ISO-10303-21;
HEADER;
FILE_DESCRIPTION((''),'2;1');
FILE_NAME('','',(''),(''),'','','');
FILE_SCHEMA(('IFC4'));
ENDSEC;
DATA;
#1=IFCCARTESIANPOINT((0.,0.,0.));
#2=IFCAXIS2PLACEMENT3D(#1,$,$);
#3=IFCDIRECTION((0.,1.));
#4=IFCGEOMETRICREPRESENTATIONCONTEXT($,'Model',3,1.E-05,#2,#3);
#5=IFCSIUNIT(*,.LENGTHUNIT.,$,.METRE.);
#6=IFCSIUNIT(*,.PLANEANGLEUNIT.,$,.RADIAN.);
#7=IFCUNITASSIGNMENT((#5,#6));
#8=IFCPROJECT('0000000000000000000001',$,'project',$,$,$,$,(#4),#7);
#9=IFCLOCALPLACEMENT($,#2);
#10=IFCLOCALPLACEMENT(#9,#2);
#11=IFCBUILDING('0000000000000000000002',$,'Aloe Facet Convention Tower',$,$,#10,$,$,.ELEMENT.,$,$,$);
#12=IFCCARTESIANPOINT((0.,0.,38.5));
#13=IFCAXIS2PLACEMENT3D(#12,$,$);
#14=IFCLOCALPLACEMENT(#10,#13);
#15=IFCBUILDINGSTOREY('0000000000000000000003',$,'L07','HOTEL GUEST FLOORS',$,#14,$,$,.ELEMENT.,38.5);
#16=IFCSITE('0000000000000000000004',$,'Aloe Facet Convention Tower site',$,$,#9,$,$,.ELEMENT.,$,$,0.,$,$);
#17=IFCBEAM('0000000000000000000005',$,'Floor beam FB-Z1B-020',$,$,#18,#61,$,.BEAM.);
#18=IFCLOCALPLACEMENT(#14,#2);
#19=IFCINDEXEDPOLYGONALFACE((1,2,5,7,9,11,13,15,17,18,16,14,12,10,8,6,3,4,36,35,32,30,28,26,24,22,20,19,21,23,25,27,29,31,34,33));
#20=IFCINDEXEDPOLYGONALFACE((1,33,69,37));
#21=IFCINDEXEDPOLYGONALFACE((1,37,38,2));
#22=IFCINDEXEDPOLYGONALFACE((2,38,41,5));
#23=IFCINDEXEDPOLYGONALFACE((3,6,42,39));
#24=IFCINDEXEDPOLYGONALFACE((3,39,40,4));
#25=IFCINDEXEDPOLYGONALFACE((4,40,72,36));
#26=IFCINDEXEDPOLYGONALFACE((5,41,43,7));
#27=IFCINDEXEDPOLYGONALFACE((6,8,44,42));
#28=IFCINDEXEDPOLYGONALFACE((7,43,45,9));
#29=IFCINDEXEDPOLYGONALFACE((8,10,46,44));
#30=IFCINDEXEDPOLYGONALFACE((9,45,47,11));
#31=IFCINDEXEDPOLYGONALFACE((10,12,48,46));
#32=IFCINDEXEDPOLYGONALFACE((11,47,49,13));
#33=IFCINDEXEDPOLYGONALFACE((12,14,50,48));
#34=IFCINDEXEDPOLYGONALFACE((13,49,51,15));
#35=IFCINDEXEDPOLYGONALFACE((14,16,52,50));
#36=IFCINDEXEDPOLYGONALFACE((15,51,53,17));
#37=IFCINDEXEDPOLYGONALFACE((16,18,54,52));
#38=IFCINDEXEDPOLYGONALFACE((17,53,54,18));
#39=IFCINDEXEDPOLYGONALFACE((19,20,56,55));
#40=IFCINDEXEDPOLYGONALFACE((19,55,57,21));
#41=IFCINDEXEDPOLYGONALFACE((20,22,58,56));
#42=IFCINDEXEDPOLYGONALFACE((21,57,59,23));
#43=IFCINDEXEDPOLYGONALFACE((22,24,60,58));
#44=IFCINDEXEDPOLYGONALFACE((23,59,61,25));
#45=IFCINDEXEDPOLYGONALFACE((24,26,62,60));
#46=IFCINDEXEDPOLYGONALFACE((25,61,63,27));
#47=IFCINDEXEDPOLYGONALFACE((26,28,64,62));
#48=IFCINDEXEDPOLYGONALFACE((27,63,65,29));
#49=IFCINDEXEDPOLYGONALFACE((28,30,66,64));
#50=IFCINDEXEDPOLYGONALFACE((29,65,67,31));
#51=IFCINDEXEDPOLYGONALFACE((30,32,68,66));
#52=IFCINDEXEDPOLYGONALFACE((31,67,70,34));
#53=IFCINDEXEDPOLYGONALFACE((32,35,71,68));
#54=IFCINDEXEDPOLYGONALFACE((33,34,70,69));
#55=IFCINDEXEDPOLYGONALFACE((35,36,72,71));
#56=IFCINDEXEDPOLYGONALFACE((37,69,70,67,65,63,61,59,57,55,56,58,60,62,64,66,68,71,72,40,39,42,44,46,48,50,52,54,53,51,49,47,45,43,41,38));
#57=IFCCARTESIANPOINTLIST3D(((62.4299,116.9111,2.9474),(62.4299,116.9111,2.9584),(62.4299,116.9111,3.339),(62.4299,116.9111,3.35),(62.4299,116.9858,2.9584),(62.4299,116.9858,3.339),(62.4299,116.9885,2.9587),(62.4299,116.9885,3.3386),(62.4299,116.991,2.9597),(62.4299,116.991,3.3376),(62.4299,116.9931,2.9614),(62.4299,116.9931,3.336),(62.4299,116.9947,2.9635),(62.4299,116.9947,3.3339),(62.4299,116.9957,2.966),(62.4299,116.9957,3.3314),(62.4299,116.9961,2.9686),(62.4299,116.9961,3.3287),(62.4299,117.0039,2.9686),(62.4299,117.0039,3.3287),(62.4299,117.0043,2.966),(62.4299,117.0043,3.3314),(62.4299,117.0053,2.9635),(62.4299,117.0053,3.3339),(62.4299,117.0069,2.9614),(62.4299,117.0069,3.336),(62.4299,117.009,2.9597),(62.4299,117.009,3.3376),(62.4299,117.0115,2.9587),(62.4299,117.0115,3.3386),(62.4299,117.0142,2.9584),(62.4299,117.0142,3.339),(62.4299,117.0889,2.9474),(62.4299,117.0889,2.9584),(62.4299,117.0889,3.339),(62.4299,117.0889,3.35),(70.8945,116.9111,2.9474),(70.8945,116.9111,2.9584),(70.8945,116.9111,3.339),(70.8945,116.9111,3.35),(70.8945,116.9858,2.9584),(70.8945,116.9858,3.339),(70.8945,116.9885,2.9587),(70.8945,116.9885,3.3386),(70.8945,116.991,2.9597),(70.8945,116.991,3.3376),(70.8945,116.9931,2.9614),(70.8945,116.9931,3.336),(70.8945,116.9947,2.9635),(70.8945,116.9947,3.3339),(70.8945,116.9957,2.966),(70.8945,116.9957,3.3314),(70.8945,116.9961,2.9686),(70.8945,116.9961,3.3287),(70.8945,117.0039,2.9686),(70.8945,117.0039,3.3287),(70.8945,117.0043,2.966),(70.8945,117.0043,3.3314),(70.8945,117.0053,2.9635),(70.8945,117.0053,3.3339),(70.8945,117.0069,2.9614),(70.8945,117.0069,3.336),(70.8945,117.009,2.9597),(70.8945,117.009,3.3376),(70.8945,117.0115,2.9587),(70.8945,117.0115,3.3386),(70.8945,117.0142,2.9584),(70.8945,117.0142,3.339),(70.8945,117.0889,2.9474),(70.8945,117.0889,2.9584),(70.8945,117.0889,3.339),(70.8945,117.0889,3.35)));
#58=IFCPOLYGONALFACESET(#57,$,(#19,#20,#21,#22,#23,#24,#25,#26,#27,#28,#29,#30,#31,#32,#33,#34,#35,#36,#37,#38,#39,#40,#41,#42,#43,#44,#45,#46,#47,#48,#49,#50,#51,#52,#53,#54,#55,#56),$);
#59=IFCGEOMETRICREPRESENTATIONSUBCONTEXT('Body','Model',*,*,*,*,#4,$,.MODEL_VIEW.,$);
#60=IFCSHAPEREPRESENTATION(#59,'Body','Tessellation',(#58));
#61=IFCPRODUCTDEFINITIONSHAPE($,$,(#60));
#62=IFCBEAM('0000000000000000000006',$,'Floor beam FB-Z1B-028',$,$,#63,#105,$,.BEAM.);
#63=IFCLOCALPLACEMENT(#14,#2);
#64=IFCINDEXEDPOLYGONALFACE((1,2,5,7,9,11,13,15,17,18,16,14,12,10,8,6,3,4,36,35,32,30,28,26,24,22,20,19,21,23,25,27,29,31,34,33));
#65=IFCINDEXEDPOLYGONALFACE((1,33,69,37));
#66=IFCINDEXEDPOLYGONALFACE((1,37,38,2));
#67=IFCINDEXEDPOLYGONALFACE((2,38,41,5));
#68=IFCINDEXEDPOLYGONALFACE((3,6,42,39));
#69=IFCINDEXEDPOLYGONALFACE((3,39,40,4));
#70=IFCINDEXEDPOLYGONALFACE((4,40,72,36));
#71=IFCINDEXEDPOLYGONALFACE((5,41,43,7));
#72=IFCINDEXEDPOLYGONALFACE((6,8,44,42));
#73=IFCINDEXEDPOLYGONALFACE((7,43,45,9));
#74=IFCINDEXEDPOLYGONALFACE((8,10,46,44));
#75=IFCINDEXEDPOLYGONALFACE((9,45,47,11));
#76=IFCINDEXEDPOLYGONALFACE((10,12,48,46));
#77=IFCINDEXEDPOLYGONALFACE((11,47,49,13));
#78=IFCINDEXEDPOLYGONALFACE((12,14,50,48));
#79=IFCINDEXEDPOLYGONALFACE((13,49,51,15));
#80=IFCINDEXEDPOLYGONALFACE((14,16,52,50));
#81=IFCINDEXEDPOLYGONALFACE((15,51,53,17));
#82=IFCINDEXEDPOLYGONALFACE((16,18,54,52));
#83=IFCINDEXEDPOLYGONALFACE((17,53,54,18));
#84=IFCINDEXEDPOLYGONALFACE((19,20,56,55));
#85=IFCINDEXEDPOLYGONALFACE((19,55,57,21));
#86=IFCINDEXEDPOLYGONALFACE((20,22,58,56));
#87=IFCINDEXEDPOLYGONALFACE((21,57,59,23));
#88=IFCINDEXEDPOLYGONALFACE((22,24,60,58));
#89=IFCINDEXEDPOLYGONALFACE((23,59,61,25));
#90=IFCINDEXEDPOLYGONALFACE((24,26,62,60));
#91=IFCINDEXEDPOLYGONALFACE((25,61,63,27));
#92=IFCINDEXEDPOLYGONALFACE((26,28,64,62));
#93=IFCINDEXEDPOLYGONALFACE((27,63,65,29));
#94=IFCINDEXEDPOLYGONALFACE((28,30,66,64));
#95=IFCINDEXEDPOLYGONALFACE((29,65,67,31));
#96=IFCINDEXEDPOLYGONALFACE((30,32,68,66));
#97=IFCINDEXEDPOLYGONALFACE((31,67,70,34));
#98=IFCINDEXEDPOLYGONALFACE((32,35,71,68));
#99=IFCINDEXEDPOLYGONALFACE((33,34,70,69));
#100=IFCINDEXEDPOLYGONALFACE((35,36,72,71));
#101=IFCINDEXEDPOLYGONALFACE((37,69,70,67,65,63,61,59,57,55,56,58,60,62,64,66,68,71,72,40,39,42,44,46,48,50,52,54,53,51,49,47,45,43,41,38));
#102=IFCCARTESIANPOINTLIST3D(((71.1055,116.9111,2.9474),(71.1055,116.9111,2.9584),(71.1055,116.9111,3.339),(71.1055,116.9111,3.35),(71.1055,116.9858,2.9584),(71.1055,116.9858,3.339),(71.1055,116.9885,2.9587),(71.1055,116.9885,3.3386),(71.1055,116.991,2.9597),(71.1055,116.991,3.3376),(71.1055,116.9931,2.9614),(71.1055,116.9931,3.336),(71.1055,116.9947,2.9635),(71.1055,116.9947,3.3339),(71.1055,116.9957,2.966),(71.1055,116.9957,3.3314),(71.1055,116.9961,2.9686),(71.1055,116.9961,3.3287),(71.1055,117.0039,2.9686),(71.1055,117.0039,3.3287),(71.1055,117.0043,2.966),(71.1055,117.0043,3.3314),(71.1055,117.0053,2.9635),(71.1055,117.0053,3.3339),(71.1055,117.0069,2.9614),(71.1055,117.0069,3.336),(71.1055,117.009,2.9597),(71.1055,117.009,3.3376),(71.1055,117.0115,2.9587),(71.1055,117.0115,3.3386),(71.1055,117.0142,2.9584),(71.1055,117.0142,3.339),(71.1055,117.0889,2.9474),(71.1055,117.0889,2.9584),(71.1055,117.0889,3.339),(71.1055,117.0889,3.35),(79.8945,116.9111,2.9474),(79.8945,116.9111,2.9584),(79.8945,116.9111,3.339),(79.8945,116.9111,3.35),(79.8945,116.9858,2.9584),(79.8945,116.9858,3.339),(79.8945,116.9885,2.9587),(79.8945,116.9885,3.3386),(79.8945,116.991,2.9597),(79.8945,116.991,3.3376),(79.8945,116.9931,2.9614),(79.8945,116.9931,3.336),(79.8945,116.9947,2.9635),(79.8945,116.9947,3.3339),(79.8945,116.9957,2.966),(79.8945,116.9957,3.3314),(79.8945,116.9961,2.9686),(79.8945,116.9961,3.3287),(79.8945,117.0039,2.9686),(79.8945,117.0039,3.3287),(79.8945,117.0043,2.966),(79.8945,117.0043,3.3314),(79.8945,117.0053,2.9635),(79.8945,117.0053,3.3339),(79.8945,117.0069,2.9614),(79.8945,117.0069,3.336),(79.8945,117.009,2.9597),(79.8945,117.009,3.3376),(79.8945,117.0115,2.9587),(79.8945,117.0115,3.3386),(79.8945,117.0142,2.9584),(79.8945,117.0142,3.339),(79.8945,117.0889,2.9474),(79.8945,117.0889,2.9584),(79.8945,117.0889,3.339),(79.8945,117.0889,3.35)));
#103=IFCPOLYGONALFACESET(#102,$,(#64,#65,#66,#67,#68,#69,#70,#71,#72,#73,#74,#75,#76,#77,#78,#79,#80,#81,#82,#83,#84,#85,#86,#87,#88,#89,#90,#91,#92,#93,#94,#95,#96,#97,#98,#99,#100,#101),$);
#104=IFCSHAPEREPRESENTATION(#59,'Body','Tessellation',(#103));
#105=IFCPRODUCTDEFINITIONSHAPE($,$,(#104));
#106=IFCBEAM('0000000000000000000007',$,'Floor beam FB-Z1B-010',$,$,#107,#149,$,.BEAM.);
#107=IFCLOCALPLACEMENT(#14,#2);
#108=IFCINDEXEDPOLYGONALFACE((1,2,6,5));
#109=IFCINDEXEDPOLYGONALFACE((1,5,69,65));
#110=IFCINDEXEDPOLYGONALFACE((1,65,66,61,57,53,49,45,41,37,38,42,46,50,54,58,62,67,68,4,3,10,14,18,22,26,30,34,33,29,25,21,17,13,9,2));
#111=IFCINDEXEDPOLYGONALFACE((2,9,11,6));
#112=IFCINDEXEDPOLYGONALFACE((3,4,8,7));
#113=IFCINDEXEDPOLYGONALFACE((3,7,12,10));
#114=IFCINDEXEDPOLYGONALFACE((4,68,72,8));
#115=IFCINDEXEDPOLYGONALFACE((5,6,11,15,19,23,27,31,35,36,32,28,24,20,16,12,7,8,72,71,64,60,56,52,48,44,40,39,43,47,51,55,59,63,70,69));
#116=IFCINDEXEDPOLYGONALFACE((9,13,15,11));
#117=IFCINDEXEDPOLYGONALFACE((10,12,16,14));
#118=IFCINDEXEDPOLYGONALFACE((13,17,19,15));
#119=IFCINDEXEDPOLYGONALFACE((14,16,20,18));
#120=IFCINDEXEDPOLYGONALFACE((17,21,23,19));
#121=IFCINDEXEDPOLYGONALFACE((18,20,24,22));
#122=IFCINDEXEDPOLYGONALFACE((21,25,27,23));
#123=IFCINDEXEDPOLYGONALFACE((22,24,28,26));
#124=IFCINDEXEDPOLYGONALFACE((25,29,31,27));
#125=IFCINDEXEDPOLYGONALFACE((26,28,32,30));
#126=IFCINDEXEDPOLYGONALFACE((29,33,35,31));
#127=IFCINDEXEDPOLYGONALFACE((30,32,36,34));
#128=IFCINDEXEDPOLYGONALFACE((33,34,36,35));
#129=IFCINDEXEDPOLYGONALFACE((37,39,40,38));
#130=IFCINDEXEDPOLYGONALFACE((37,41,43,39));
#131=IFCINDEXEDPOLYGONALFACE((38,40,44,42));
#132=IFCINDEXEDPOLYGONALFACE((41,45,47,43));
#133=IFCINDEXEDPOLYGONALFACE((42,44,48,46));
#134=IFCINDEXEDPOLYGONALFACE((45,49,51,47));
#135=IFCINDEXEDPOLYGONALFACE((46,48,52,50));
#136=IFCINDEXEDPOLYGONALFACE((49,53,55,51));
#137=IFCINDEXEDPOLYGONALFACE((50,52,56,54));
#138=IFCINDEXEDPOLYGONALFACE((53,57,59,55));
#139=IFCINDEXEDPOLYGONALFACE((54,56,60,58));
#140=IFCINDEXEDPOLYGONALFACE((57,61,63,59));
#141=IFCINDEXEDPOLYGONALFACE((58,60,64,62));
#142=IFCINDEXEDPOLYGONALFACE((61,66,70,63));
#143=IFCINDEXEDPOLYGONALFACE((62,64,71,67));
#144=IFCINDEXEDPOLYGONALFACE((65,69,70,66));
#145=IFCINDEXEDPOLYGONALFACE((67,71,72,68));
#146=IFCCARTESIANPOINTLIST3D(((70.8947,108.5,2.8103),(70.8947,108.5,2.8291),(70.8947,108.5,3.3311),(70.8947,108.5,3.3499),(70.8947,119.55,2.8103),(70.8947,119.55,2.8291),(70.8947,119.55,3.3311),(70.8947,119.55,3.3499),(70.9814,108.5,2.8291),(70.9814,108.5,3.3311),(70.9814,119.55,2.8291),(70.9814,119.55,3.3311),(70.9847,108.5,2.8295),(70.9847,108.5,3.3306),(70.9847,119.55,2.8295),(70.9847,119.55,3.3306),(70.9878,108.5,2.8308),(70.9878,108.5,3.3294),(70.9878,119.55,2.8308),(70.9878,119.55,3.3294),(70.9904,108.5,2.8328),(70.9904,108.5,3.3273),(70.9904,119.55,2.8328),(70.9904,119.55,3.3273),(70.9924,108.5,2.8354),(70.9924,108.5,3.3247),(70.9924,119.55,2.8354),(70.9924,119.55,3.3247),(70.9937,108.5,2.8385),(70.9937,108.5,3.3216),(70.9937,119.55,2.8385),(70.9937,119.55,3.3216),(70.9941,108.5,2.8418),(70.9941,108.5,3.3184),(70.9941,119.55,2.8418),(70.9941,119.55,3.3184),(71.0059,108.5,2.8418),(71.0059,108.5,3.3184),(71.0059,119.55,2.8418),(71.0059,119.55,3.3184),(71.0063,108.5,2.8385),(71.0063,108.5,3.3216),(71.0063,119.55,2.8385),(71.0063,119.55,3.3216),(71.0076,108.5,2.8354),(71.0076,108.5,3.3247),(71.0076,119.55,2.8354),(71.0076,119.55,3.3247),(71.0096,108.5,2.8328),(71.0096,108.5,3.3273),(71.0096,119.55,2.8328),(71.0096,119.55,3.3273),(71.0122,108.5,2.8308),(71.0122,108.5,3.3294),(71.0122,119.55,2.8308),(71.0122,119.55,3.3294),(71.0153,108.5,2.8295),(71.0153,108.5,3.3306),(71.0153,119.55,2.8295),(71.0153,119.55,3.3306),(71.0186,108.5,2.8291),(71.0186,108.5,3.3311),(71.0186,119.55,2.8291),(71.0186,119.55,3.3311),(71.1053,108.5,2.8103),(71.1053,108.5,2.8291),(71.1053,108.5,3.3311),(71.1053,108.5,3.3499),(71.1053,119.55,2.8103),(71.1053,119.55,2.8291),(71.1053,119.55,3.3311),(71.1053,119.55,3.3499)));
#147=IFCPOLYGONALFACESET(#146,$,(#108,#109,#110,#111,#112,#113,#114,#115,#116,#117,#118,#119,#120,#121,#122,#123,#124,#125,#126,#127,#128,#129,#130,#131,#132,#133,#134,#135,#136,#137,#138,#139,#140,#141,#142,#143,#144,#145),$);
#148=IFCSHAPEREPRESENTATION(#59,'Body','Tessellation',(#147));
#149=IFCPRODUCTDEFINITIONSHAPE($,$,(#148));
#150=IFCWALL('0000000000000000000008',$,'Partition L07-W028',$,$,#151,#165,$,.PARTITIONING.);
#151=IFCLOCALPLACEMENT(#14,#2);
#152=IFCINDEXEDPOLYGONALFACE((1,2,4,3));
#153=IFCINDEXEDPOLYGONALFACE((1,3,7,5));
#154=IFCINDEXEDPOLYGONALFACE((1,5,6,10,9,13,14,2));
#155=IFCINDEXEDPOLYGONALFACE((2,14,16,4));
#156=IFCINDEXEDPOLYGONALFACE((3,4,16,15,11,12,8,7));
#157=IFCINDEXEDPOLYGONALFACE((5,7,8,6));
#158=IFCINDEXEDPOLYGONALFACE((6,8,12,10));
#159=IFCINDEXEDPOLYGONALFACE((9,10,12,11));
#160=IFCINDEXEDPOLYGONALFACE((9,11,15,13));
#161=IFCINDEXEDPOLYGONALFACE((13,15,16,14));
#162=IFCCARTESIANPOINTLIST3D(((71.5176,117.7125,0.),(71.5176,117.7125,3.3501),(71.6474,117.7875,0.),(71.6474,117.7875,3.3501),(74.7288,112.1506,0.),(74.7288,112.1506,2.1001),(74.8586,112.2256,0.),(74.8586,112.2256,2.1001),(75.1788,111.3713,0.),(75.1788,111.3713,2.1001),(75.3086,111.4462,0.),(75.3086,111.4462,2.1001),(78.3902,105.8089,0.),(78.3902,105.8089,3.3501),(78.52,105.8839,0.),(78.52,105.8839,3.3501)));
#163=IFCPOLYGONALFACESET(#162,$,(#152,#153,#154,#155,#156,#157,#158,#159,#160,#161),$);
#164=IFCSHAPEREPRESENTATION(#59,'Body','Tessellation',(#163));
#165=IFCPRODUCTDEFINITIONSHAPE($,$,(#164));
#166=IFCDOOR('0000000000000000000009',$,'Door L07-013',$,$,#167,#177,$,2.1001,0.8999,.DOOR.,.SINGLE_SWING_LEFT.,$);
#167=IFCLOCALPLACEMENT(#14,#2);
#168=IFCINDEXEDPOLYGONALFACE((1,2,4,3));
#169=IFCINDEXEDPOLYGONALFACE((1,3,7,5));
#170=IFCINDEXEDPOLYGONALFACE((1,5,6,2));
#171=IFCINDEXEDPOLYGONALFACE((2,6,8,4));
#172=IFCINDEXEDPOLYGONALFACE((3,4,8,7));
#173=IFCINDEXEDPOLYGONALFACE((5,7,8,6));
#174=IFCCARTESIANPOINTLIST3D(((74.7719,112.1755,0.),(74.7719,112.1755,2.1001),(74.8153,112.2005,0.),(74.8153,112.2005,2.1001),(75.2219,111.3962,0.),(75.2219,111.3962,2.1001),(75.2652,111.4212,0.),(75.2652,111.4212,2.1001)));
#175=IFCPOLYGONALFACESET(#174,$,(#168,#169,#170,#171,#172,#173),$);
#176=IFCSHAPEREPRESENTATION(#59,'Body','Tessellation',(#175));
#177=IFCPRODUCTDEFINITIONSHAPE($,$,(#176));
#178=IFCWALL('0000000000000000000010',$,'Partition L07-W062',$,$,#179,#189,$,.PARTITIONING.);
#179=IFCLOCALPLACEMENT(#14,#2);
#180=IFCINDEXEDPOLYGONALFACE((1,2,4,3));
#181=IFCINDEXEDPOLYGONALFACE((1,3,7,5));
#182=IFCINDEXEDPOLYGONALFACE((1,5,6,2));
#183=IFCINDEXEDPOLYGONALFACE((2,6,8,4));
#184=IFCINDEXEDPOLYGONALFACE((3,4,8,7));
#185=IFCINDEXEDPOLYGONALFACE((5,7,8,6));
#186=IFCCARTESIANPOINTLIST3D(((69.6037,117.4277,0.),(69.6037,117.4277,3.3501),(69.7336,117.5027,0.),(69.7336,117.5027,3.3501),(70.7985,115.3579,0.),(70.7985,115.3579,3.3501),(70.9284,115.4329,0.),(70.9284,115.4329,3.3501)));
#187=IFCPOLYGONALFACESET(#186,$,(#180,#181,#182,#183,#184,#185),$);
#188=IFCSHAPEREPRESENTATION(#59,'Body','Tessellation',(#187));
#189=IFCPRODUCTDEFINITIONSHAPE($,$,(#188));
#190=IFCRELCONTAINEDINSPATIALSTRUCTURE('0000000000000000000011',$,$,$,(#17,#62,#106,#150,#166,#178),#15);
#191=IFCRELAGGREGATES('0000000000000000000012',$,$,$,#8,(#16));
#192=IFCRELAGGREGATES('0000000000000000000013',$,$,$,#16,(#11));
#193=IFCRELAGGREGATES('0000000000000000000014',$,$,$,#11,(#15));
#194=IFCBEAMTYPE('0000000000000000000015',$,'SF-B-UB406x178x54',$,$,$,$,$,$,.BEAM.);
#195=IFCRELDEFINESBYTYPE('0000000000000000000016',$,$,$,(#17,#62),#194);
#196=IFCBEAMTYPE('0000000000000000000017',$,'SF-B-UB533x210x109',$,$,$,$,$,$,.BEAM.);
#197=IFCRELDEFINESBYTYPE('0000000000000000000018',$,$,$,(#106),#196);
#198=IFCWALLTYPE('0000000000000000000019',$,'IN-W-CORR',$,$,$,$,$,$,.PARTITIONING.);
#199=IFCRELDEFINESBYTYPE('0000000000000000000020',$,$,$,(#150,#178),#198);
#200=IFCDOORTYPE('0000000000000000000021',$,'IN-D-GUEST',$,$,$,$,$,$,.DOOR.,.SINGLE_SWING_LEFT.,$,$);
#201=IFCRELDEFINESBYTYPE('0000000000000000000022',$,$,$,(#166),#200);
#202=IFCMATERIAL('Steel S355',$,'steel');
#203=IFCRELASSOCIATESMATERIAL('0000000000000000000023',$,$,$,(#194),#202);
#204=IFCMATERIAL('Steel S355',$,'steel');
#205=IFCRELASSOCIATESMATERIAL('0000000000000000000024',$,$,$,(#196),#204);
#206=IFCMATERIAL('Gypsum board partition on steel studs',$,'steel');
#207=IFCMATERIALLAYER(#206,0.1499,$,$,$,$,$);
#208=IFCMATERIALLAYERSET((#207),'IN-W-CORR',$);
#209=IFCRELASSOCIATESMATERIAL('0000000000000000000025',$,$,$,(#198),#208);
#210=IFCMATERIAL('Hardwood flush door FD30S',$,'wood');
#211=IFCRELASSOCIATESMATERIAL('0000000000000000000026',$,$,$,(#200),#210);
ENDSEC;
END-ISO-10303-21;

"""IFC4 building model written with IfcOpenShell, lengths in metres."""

from ifc_helpers import new_model, si_unit, direction, frame, frame_2d, origin, origin_2d, place, context, subcontext, project, spatial, rectangle, i_section, extrude, material, layer, layer_set, material_profile, profile_set, type_object, element, fill, save


model = new_model("IFC4")

# Units and contexts
model_context = context("Model", 3, precision=1e-05, world=origin(), true_north=direction((0.0, 1.0)))
body_context = subcontext(model_context, "Body", "Model", "MODEL_VIEW")
ifc_project = project(units=[si_unit("LENGTHUNIT", "METRE"), si_unit("PLANEANGLEUNIT", "RADIAN")], contexts=[model_context])

# Site, building, storey
site_placement = place(None, origin())
site = spatial("IfcSite", under=ifc_project, at=site_placement, Name="Aloe Facet Convention Tower site", CompositionType="ELEMENT", RefElevation=0.0)
building_placement = place(site_placement, origin())
building = spatial("IfcBuilding", under=site, at=building_placement, Name="Aloe Facet Convention Tower", CompositionType="ELEMENT")
storey_placement = place(building_placement, frame((0.0, 0.0, 38.5)))
storey = spatial("IfcBuildingStorey", under=building, at=storey_placement, Name="L07", Description="HOTEL GUEST FLOORS", CompositionType="ELEMENT", Elevation=38.5)

# Beams
ifc_material_1 = material(Name="Steel S355", Category="steel")
ifc_material_profile_1 = material_profile(ifc_material_1, i_section(OverallWidth=0.1777, OverallDepth=0.4026, WebThickness=0.0078, FlangeThickness=0.011, FilletRadius=0.0103, at=origin_2d()), Name="UB 406x178x54")
ifc_profile_set_1 = profile_set([ifc_material_profile_1], Name="Steel S355")
beam_type_1 = type_object("IfcBeamType", Name="SF-B-UB406x178x54", PredefinedType="BEAM", material=ifc_profile_set_1)
beam_1_placement = place(storey_placement, frame((62.4299, 117.0, 3.1487), z_axis=(1.0, 0.0, 0.0), x_axis=(0.0, 1.0, 0.0)))
element("IfcBeam", 1, at=beam_1_placement, inside=storey, type_object=beam_type_1, Name="Floor beam FB-Z1B-020", PredefinedType="BEAM", context=body_context, shape_type="SweptSolid", body=[
    extrude(i_section(OverallWidth=0.1777, OverallDepth=0.4026, WebThickness=0.0078, FlangeThickness=0.011, FilletRadius=0.0103, at=origin_2d()), origin(), (0.0, 0.0, 1.0), 8.4646),
])
beam_2_placement = place(storey_placement, frame((71.1055, 117.0, 3.1487), z_axis=(1.0, 0.0, 0.0), x_axis=(0.0, 1.0, 0.0)))
element("IfcBeam", 2, at=beam_2_placement, inside=storey, type_object=beam_type_1, Name="Floor beam FB-Z1B-028", PredefinedType="BEAM", context=body_context, shape_type="SweptSolid", body=[
    extrude(i_section(OverallWidth=0.1777, OverallDepth=0.4026, WebThickness=0.0078, FlangeThickness=0.011, FilletRadius=0.0103, at=origin_2d()), origin(), (0.0, 0.0, 1.0), 8.7891),
])
ifc_material_2 = material(Name="Steel S355", Category="steel")
ifc_material_profile_2 = material_profile(ifc_material_2, i_section(OverallWidth=0.2107, OverallDepth=0.5396, WebThickness=0.0117, FlangeThickness=0.0188, FilletRadius=0.0127, at=origin_2d()), Name="UB 533x210x109")
ifc_profile_set_2 = profile_set([ifc_material_profile_2], Name="Steel S355")
beam_type_2 = type_object("IfcBeamType", Name="SF-B-UB533x210x109", PredefinedType="BEAM", material=ifc_profile_set_2)
beam_3_placement = place(storey_placement, frame((71.0, 119.55, 3.0801), z_axis=(0.0, -1.0, 0.0), x_axis=(1.0, 0.0, 0.0)))
element("IfcBeam", 3, at=beam_3_placement, inside=storey, type_object=beam_type_2, Name="Floor beam FB-Z1B-010", PredefinedType="BEAM", context=body_context, shape_type="SweptSolid", body=[
    extrude(i_section(OverallWidth=0.2107, OverallDepth=0.5396, WebThickness=0.0117, FlangeThickness=0.0188, FilletRadius=0.0127, at=origin_2d()), origin(), (0.0, 0.0, 1.0), 11.05),
])

# Wall, opening, door
ifc_material_3 = material(Name="Gypsum board partition on steel studs", Category="steel")
ifc_layer_1 = layer(ifc_material_3, 0.1499)
ifc_layer_set_1 = layer_set([ifc_layer_1], Name="IN-W-CORR")
wall_type_1 = type_object("IfcWallType", Name="IN-W-CORR", PredefinedType="PARTITIONING", material=ifc_layer_set_1)
wall_1_placement = place(storey_placement, frame((71.5825, 117.75, 0.0), z_axis=(0.0, 0.0, 1.0), x_axis=(0.500002, -0.866024, 0.0)))
wall_1 = element("IfcWall", 4, at=wall_1_placement, inside=storey, type_object=wall_type_1, Name="Partition L07-W028", PredefinedType="PARTITIONING", context=body_context, shape_type="SweptSolid", body=[
    extrude(rectangle(XDim=13.7451, YDim=0.1499, at=frame_2d((6.8726, 0.0))), origin(), (0.0, 0.0, 1.0), 3.3501),
])
opening_1_placement = place(wall_1_placement, frame((6.4224, 0.0, 0.0)))
opening_1 = element("IfcOpeningElement", 5, at=opening_1_placement, cuts=wall_1, PredefinedType="OPENING", context=body_context, shape_type="SweptSolid", body=[
    extrude(rectangle(XDim=0.8999, YDim=2.1001, at=frame_2d((0.45, 1.05))), frame((0.0, 0.085, 0.0), z_axis=(0.0, -1.0, 0.0), x_axis=(1.0, 0.0, 0.0)), (0.0, 0.0, 1.0), 0.1699),
])
ifc_material_4 = material(Name="Hardwood flush door FD30S", Category="wood")
door_type_1 = type_object("IfcDoorType", Name="IN-D-GUEST", OperationType="SINGLE_SWING_LEFT", PredefinedType="DOOR", material=ifc_material_4)
door_1_placement = place(opening_1_placement, origin())
door_1 = element("IfcDoor", 6, at=door_1_placement, inside=storey, type_object=door_type_1, Name="Door L07-013", OperationType="SINGLE_SWING_LEFT", OverallHeight=2.1001, OverallWidth=0.8999, PredefinedType="DOOR", context=body_context, shape_type="SweptSolid", body=[
    extrude(rectangle(XDim=0.8999, YDim=2.1001, at=frame_2d((0.45, 1.05))), frame((0.0, 0.0249, 0.0), z_axis=(0.0, -1.0, 0.0), x_axis=(1.0, 0.0, 0.0)), (0.0, 0.0, 1.0), 0.05),
])
fill(opening_1, door_1)

# Wall
wall_2_placement = place(storey_placement, frame((69.6687, 117.4651, 0.0), z_axis=(0.0, 0.0, 1.0), x_axis=(0.499941, -0.86606, 0.0)))
element("IfcWall", 7, at=wall_2_placement, inside=storey, type_object=wall_type_1, Name="Partition L07-W062", PredefinedType="PARTITIONING", context=body_context, shape_type="SweptSolid", body=[
    extrude(rectangle(XDim=2.3899, YDim=0.1499, at=frame_2d((1.1948, 0.0))), origin(), (0.0, 0.0, 1.0), 3.3501),
])

save(model, "model.ifc")
